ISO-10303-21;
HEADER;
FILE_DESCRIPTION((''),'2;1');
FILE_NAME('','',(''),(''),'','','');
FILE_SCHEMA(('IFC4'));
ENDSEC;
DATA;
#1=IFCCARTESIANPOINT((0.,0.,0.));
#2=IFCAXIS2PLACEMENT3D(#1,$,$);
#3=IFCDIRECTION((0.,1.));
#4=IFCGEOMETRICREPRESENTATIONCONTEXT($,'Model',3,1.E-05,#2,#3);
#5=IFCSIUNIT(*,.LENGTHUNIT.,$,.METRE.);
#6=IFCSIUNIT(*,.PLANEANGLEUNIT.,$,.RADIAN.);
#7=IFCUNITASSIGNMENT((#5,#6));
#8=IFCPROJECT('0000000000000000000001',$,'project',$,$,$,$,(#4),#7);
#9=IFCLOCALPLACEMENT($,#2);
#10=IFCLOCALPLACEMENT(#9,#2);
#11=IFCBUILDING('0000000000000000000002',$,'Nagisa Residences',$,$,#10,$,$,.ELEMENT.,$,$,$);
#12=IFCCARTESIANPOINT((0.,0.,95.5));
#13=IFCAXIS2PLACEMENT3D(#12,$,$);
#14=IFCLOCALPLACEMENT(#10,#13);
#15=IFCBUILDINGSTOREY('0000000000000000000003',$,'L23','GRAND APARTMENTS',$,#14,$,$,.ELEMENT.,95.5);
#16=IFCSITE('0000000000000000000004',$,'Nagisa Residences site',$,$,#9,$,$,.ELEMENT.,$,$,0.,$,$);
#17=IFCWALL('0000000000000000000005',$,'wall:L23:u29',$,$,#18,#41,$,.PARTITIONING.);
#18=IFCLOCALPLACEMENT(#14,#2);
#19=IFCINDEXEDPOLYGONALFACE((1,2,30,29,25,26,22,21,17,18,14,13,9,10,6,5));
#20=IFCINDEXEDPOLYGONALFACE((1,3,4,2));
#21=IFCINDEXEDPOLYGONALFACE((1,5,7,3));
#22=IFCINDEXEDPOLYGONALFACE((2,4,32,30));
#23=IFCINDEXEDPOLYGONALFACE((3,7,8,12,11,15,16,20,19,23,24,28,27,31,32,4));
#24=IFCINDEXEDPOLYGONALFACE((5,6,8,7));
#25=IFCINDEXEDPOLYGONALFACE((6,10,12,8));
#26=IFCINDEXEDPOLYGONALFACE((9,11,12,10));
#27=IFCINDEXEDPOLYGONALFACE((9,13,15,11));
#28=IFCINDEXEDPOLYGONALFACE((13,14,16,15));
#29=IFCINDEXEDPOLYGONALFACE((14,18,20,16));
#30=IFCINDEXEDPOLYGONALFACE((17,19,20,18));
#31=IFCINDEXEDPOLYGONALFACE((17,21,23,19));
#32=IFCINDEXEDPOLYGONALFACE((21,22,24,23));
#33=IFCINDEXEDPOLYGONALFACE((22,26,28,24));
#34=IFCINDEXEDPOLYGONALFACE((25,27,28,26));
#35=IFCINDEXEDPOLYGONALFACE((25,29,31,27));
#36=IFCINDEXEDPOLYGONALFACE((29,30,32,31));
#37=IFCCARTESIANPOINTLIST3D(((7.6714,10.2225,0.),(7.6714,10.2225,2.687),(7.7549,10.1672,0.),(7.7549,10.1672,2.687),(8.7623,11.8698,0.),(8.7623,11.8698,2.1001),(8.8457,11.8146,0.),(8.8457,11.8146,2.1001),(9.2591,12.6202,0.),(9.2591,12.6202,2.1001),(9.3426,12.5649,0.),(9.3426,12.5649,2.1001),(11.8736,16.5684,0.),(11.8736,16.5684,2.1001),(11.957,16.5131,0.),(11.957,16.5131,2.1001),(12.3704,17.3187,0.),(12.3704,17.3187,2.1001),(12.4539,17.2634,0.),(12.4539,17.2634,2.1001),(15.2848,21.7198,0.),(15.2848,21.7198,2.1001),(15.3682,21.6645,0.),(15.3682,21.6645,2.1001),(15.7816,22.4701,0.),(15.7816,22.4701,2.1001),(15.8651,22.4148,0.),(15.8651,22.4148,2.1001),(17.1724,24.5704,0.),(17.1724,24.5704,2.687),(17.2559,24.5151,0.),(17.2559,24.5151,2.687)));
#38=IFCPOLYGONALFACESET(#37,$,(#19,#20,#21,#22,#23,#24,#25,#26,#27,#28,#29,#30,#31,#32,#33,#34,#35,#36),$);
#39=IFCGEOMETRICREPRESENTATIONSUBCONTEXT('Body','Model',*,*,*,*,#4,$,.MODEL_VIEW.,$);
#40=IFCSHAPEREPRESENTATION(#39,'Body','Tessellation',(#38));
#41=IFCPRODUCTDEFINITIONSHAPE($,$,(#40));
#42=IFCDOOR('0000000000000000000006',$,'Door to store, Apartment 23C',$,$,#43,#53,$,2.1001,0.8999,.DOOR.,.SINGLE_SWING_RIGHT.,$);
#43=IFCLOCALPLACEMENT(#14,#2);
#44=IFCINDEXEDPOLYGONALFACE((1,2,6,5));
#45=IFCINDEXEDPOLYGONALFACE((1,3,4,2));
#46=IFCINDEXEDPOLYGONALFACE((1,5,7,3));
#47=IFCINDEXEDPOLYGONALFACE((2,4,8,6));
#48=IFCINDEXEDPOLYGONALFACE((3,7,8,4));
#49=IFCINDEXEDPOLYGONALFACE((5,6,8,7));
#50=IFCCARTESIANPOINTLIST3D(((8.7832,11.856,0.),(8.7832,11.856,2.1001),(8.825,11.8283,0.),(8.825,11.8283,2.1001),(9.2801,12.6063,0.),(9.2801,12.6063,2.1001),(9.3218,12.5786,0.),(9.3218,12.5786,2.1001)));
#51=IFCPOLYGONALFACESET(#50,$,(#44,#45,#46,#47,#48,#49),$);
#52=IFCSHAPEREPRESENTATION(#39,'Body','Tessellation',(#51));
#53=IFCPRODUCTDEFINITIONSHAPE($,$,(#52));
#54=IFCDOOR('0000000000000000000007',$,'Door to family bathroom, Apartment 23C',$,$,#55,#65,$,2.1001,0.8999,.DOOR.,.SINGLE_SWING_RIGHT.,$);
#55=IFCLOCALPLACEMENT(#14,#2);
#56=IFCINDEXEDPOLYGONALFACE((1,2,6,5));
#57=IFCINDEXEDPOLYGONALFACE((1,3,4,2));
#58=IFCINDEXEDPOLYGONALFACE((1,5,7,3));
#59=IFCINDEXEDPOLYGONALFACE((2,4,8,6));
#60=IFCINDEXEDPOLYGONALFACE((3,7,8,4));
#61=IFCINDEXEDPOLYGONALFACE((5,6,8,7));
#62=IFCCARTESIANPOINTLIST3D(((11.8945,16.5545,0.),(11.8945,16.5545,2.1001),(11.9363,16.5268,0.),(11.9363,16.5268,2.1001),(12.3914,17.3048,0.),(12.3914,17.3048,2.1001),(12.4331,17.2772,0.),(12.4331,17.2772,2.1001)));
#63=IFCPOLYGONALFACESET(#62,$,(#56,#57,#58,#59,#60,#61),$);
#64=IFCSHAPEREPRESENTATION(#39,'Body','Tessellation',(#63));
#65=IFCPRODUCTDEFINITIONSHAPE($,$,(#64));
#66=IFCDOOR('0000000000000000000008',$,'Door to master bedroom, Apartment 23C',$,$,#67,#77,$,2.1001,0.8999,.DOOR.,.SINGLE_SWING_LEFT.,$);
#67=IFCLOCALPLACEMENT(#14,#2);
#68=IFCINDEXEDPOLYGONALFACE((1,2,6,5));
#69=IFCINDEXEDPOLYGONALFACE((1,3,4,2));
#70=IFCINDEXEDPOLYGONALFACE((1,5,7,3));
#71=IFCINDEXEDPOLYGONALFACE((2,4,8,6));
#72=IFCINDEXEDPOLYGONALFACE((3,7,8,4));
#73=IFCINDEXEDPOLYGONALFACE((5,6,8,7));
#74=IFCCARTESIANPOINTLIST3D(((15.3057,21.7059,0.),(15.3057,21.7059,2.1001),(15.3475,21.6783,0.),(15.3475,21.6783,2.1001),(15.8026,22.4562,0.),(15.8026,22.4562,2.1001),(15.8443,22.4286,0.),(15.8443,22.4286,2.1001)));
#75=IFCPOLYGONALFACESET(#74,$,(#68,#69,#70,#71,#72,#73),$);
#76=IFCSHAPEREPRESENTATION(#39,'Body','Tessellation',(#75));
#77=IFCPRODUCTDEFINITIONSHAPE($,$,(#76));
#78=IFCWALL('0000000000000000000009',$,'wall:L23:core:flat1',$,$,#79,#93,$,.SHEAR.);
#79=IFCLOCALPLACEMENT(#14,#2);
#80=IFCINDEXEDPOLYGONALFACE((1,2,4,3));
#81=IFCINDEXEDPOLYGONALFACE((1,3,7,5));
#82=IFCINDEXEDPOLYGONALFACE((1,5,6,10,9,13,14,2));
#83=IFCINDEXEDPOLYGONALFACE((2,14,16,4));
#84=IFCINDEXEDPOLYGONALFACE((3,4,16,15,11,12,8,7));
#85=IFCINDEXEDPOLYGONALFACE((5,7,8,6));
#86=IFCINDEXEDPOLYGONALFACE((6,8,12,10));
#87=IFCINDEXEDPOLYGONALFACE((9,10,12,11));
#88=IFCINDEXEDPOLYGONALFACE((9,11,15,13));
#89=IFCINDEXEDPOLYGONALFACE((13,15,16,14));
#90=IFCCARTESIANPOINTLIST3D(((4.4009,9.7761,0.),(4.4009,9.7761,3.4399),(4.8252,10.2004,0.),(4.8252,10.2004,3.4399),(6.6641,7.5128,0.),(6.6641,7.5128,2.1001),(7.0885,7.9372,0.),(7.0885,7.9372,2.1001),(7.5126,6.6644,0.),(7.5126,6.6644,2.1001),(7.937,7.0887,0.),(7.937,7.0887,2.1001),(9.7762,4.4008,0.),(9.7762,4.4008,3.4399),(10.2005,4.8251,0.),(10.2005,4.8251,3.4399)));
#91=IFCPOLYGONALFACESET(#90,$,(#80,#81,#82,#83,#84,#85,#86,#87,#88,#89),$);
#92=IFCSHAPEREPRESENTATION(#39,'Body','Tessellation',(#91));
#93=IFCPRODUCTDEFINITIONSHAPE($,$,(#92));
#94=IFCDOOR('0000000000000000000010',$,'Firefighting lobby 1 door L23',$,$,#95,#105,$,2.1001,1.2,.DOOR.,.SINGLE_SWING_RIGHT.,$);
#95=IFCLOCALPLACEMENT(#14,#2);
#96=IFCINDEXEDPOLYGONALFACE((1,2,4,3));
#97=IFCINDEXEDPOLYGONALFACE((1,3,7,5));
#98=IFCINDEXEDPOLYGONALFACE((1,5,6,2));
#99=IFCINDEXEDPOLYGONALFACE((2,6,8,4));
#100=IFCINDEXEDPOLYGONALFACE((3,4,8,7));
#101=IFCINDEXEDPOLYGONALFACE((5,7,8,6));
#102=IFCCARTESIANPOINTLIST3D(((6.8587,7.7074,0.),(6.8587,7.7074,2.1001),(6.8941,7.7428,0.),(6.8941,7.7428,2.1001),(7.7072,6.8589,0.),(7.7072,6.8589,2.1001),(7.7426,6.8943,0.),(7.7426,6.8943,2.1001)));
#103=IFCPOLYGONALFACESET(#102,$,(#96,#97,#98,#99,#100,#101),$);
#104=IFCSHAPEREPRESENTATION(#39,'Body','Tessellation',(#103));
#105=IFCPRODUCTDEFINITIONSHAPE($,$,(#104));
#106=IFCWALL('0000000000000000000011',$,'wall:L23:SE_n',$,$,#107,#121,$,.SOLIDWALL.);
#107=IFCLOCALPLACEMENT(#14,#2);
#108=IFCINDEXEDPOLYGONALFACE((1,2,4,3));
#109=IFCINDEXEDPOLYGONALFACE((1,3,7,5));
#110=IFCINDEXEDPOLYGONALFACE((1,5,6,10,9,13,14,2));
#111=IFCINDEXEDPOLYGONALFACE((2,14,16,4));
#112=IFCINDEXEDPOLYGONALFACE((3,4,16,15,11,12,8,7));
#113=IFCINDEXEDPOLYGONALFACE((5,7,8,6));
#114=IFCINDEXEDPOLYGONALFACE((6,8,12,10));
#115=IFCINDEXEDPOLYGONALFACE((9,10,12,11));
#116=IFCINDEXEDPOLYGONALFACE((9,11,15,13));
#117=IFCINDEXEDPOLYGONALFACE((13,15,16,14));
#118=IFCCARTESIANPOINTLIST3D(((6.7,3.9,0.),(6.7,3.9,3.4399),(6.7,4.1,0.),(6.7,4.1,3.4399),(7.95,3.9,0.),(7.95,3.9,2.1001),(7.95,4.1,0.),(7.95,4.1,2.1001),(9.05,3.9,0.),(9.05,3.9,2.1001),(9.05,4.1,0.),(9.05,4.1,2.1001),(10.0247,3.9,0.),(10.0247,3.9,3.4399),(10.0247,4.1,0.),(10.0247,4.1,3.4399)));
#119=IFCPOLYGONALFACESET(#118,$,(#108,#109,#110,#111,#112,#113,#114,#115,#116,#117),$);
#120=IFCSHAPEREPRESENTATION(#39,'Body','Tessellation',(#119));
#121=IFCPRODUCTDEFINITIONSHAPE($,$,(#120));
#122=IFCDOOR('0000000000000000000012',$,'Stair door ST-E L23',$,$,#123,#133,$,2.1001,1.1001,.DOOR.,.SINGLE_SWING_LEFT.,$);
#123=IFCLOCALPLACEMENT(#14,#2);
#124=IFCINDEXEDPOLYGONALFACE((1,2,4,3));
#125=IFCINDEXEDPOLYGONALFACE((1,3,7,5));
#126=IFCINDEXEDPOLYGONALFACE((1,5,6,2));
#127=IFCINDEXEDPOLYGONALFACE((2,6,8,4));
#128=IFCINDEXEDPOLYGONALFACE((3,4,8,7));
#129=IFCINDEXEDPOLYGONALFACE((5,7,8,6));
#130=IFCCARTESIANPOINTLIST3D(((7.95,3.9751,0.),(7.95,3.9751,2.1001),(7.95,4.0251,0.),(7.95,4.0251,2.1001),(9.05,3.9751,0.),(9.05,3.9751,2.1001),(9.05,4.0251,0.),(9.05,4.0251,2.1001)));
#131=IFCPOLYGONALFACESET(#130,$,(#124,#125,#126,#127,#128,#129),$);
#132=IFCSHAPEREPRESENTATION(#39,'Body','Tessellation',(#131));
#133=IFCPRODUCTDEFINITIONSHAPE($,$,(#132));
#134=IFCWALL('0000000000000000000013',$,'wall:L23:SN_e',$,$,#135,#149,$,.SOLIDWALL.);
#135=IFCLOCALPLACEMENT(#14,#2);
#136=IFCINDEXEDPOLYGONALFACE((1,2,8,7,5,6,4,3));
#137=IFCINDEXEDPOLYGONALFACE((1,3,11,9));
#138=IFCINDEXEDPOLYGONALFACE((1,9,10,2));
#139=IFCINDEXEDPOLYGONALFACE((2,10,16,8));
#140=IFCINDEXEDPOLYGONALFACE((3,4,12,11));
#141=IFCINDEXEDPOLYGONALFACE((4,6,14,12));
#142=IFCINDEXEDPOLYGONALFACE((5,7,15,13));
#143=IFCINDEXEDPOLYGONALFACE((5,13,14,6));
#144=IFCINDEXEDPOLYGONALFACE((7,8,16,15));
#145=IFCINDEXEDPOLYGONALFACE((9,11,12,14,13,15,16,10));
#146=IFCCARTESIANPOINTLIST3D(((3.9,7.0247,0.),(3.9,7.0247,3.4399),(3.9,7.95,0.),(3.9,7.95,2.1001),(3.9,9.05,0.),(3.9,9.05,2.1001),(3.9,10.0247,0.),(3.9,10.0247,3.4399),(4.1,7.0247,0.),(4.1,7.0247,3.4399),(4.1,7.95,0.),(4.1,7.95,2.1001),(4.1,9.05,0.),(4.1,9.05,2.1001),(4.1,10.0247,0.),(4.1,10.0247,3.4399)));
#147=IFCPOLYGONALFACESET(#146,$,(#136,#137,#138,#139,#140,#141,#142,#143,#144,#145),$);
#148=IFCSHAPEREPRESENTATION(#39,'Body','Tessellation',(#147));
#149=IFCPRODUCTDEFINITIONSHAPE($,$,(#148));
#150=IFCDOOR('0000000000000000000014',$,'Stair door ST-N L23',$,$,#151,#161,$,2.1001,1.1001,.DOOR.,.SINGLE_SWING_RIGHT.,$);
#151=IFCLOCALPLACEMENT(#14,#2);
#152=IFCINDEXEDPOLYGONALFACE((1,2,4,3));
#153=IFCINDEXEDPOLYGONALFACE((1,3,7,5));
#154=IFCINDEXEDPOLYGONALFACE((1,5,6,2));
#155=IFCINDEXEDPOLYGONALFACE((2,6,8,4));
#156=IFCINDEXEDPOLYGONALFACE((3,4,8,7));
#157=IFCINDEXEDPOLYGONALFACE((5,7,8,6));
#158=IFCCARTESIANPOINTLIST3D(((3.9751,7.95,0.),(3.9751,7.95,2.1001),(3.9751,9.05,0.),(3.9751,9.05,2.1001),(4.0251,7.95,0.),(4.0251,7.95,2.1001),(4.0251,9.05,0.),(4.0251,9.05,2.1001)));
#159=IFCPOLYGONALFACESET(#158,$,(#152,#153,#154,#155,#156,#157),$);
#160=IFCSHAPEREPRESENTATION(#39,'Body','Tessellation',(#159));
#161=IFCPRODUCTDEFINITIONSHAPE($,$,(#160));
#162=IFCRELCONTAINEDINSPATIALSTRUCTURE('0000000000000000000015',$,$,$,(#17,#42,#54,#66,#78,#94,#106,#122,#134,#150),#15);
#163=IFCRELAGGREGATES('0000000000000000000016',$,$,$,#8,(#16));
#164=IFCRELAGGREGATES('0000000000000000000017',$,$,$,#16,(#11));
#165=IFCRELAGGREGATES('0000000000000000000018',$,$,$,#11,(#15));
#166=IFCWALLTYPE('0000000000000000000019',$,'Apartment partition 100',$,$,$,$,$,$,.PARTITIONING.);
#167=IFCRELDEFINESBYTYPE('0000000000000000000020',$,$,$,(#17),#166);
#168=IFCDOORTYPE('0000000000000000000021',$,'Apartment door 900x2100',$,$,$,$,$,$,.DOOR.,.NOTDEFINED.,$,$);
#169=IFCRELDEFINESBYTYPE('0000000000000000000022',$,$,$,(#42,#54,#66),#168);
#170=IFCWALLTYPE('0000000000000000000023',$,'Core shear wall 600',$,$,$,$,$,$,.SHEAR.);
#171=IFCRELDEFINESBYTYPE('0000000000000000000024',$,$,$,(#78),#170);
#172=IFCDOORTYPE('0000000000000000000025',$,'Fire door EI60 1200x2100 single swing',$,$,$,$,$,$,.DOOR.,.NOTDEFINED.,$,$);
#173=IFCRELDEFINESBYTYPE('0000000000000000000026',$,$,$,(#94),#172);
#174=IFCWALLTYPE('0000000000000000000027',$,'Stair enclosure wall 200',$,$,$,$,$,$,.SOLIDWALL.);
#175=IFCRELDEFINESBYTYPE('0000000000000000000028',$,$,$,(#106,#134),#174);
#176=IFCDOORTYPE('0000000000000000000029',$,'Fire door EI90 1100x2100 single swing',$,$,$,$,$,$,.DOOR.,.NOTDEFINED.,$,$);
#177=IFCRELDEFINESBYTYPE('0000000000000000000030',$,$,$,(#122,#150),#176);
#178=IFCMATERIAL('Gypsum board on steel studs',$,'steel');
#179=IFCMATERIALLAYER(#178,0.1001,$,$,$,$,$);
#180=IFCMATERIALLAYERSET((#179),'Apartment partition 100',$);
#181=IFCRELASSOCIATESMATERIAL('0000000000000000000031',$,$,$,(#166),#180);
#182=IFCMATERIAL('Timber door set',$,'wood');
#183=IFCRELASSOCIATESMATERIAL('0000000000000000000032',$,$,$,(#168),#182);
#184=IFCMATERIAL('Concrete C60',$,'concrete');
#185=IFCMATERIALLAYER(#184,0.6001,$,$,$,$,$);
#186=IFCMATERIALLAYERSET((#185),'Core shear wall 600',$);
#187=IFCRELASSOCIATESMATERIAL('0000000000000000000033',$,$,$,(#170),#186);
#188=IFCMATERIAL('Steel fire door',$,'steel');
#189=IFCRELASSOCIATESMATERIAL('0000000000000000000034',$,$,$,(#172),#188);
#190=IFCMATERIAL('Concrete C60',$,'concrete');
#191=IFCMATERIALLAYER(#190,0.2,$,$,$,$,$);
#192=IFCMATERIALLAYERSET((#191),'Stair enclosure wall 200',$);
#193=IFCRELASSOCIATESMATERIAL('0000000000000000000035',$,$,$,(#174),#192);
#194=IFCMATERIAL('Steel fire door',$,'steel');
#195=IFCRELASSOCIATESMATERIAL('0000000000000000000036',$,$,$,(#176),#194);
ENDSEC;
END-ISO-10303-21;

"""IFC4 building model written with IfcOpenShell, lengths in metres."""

from ifc_helpers import new_model, si_unit, direction, frame, frame_2d, origin, place, context, subcontext, project, spatial, rectangle, extrude, material, layer, layer_set, type_object, element, fill, save


model = new_model("IFC4")

# Units and contexts
model_context = context("Model", 3, precision=1e-05, world=origin(), true_north=direction((0.0, 1.0)))
body_context = subcontext(model_context, "Body", "Model", "MODEL_VIEW")
ifc_project = project(units=[si_unit("LENGTHUNIT", "METRE"), si_unit("PLANEANGLEUNIT", "RADIAN")], contexts=[model_context])

# Site, building, storey
site_placement = place(None, origin())
site = spatial("IfcSite", under=ifc_project, at=site_placement, Name="Nagisa Residences site", CompositionType="ELEMENT", RefElevation=0.0)
building_placement = place(site_placement, origin())
building = spatial("IfcBuilding", under=site, at=building_placement, Name="Nagisa Residences", CompositionType="ELEMENT")
storey_placement = place(building_placement, frame((0.0, 0.0, 95.5)))
storey = spatial("IfcBuildingStorey", under=building, at=storey_placement, Name="L23", Description="GRAND APARTMENTS", CompositionType="ELEMENT", Elevation=95.5)

# Shared definitions
ifc_material_1 = material(Name="Gypsum board on steel studs", Category="steel")
ifc_layer_1 = layer(ifc_material_1, 0.1001)
ifc_layer_set_1 = layer_set([ifc_layer_1], Name="Apartment partition 100")
wall_type_1 = type_object("IfcWallType", Name="Apartment partition 100", PredefinedType="PARTITIONING", material=ifc_layer_set_1)

# Wall, openings, doors
ifc_material_2 = material(Name="Timber door set", Category="wood")
door_type_1 = type_object("IfcDoorType", Name="Apartment door 900x2100", OperationType="NOTDEFINED", PredefinedType="DOOR", material=ifc_material_2)
wall_1_placement = place(storey_placement, frame((7.7131, 10.1948, 0.0), z_axis=(0.0, 0.0, 1.0), x_axis=(0.552111, 0.833771, 0.0)))
wall_1 = element("IfcWall", 1, at=wall_1_placement, inside=storey, type_object=wall_type_1, Name="wall:L23:u29", PredefinedType="PARTITIONING", context=body_context, shape_type="SweptSolid", body=[
    extrude(rectangle(XDim=17.2085, YDim=0.1001, at=frame_2d((8.6042, 0.0))), origin(), (0.0, 0.0, 1.0), 2.687),
])
opening_1_placement = place(wall_1_placement, frame((1.9758, 0.0, 0.0)))
opening_1 = element("IfcOpeningElement", 2, at=opening_1_placement, cuts=wall_1, PredefinedType="OPENING", context=body_context, shape_type="SweptSolid", body=[
    extrude(rectangle(XDim=0.8999, YDim=2.1001, at=frame_2d((0.45, 1.05))), frame((0.0, 0.0601, 0.0), z_axis=(0.0, -1.0, 0.0), x_axis=(1.0, 0.0, 0.0)), (0.0, 0.0, 1.0), 0.1201),
])
opening_2_placement = place(wall_1_placement, frame((7.6111, 0.0, 0.0)))
opening_2 = element("IfcOpeningElement", 3, at=opening_2_placement, cuts=wall_1, PredefinedType="OPENING", context=body_context, shape_type="SweptSolid", body=[
    extrude(rectangle(XDim=0.8999, YDim=2.1001, at=frame_2d((0.45, 1.05))), frame((0.0, 0.0601, 0.0), z_axis=(0.0, -1.0, 0.0), x_axis=(1.0, 0.0, 0.0)), (0.0, 0.0, 1.0), 0.1201),
])
opening_3_placement = place(wall_1_placement, frame((13.7896, 0.0, 0.0)))
opening_3 = element("IfcOpeningElement", 4, at=opening_3_placement, cuts=wall_1, PredefinedType="OPENING", context=body_context, shape_type="SweptSolid", body=[
    extrude(rectangle(XDim=0.8999, YDim=2.1001, at=frame_2d((0.45, 1.05))), frame((0.0, 0.0601, 0.0), z_axis=(0.0, -1.0, 0.0), x_axis=(1.0, 0.0, 0.0)), (0.0, 0.0, 1.0), 0.1201),
])
door_1_placement = place(opening_1_placement, origin())
door_1 = element("IfcDoor", 5, at=door_1_placement, inside=storey, type_object=door_type_1, Name="Door to store, Apartment 23C", OperationType="SINGLE_SWING_RIGHT", OverallHeight=2.1001, OverallWidth=0.8999, PredefinedType="DOOR", context=body_context, shape_type="SweptSolid", body=[
    extrude(rectangle(XDim=0.8999, YDim=2.1001, at=frame_2d((0.45, 1.05))), frame((0.0, 0.0249, 0.0), z_axis=(0.0, -1.0, 0.0), x_axis=(1.0, 0.0, 0.0)), (0.0, 0.0, 1.0), 0.05),
])
fill(opening_1, door_1)
door_2_placement = place(opening_2_placement, origin())
door_2 = element("IfcDoor", 6, at=door_2_placement, inside=storey, type_object=door_type_1, Name="Door to family bathroom, Apartment 23C", OperationType="SINGLE_SWING_RIGHT", OverallHeight=2.1001, OverallWidth=0.8999, PredefinedType="DOOR", context=body_context, shape_type="SweptSolid", body=[
    extrude(rectangle(XDim=0.8999, YDim=2.1001, at=frame_2d((0.45, 1.05))), frame((0.0, 0.0249, 0.0), z_axis=(0.0, -1.0, 0.0), x_axis=(1.0, 0.0, 0.0)), (0.0, 0.0, 1.0), 0.05),
])
fill(opening_2, door_2)
door_3_placement = place(opening_3_placement, origin())
door_3 = element("IfcDoor", 7, at=door_3_placement, inside=storey, type_object=door_type_1, Name="Door to master bedroom, Apartment 23C", OperationType="SINGLE_SWING_LEFT", OverallHeight=2.1001, OverallWidth=0.8999, PredefinedType="DOOR", context=body_context, shape_type="SweptSolid", body=[
    extrude(rectangle(XDim=0.8999, YDim=2.1001, at=frame_2d((0.45, 1.05))), frame((0.0, 0.0249, 0.0), z_axis=(0.0, -1.0, 0.0), x_axis=(1.0, 0.0, 0.0)), (0.0, 0.0, 1.0), 0.05),
])
fill(opening_3, door_3)

# Walls, openings, doors
ifc_material_3 = material(Name="Concrete C60", Category="concrete")
ifc_layer_2 = layer(ifc_material_3, 0.6001)
ifc_layer_set_2 = layer_set([ifc_layer_2], Name="Core shear wall 600")
wall_type_2 = type_object("IfcWallType", Name="Core shear wall 600", PredefinedType="SHEAR", material=ifc_layer_set_2)
wall_2_placement = place(storey_placement, frame((9.9883, 4.613, 0.0), z_axis=(0.0, 0.0, 1.0), x_axis=(-0.707107, 0.707107, 0.0)))
wall_2 = element("IfcWall", 8, at=wall_2_placement, inside=storey, type_object=wall_type_2, Name="wall:L23:core:flat1", PredefinedType="SHEAR", context=body_context, shape_type="SweptSolid", body=[
    extrude(rectangle(XDim=7.6018, YDim=0.6001, at=frame_2d((3.8008, 0.0))), origin(), (0.0, 0.0, 1.0), 3.4399),
])
opening_4_placement = place(wall_2_placement, frame((3.2009, 0.0, 0.0)))
opening_4 = element("IfcOpeningElement", 9, at=opening_4_placement, cuts=wall_2, PredefinedType="OPENING", context=body_context, shape_type="SweptSolid", body=[
    extrude(rectangle(XDim=1.2, YDim=2.1001, at=frame_2d((0.6001, 1.05))), frame((0.0, 0.3101, 0.0), z_axis=(0.0, -1.0, 0.0), x_axis=(1.0, 0.0, 0.0)), (0.0, 0.0, 1.0), 0.6201),
])
ifc_material_4 = material(Name="Steel fire door", Category="steel")
door_type_2 = type_object("IfcDoorType", Name="Fire door EI60 1200x2100 single swing", OperationType="NOTDEFINED", PredefinedType="DOOR", material=ifc_material_4)
door_4_placement = place(opening_4_placement, origin())
door_4 = element("IfcDoor", 10, at=door_4_placement, inside=storey, type_object=door_type_2, Name="Firefighting lobby 1 door L23", OperationType="SINGLE_SWING_RIGHT", OverallHeight=2.1001, OverallWidth=1.2, PredefinedType="DOOR", context=body_context, shape_type="SweptSolid", body=[
    extrude(rectangle(XDim=1.2, YDim=2.1001, at=frame_2d((0.6001, 1.05))), frame((0.0, 0.0249, 0.0), z_axis=(0.0, -1.0, 0.0), x_axis=(1.0, 0.0, 0.0)), (0.0, 0.0, 1.0), 0.05),
])
fill(opening_4, door_4)
ifc_material_5 = material(Name="Concrete C60", Category="concrete")
ifc_layer_3 = layer(ifc_material_5, 0.2)
ifc_layer_set_3 = layer_set([ifc_layer_3], Name="Stair enclosure wall 200")
wall_type_3 = type_object("IfcWallType", Name="Stair enclosure wall 200", PredefinedType="SOLIDWALL", material=ifc_layer_set_3)
wall_3_placement = place(storey_placement, frame((6.7, 4.0, 0.0), z_axis=(0.0, 0.0, 1.0), x_axis=(1.0, 0.0, 0.0)))
wall_3 = element("IfcWall", 11, at=wall_3_placement, inside=storey, type_object=wall_type_3, Name="wall:L23:SE_n", PredefinedType="SOLIDWALL", context=body_context, shape_type="SweptSolid", body=[
    extrude(rectangle(XDim=3.3247, YDim=0.2, at=frame_2d((1.6624, 0.0))), origin(), (0.0, 0.0, 1.0), 3.4399),
])
opening_5_placement = place(wall_3_placement, frame((1.25, 0.0, 0.0)))
opening_5 = element("IfcOpeningElement", 12, at=opening_5_placement, cuts=wall_3, PredefinedType="OPENING", context=body_context, shape_type="SweptSolid", body=[
    extrude(rectangle(XDim=1.1001, YDim=2.1001, at=frame_2d((0.55, 1.05))), frame((0.0, 0.1099, 0.0), z_axis=(0.0, -1.0, 0.0), x_axis=(1.0, 0.0, 0.0)), (0.0, 0.0, 1.0), 0.22),
])
ifc_material_6 = material(Name="Steel fire door", Category="steel")
door_type_3 = type_object("IfcDoorType", Name="Fire door EI90 1100x2100 single swing", OperationType="NOTDEFINED", PredefinedType="DOOR", material=ifc_material_6)
door_5_placement = place(opening_5_placement, frame((1.1001, 0.0, 0.0), x_axis=(-1.0, 0.0, 0.0)))
door_5 = element("IfcDoor", 13, at=door_5_placement, inside=storey, type_object=door_type_3, Name="Stair door ST-E L23", OperationType="SINGLE_SWING_LEFT", OverallHeight=2.1001, OverallWidth=1.1001, PredefinedType="DOOR", context=body_context, shape_type="SweptSolid", body=[
    extrude(rectangle(XDim=1.1001, YDim=2.1001, at=frame_2d((0.55, 1.05))), frame((0.0, 0.0249, 0.0), z_axis=(0.0, -1.0, 0.0), x_axis=(1.0, 0.0, 0.0)), (0.0, 0.0, 1.0), 0.05),
])
fill(opening_5, door_5)
wall_4_placement = place(storey_placement, frame((4.0, 7.0247, 0.0), z_axis=(0.0, 0.0, 1.0), x_axis=(0.0, 1.0, 0.0)))
wall_4 = element("IfcWall", 14, at=wall_4_placement, inside=storey, type_object=wall_type_3, Name="wall:L23:SN_e", PredefinedType="SOLIDWALL", context=body_context, shape_type="SweptSolid", body=[
    extrude(rectangle(XDim=3.0, YDim=0.2, at=frame_2d((1.5, 0.0))), origin(), (0.0, 0.0, 1.0), 3.4399),
])
opening_6_placement = place(wall_4_placement, frame((0.9253, 0.0, 0.0)))
opening_6 = element("IfcOpeningElement", 15, at=opening_6_placement, cuts=wall_4, PredefinedType="OPENING", context=body_context, shape_type="SweptSolid", body=[
    extrude(rectangle(XDim=1.1001, YDim=2.1001, at=frame_2d((0.55, 1.05))), frame((0.0, 0.1099, 0.0), z_axis=(0.0, -1.0, 0.0), x_axis=(1.0, 0.0, 0.0)), (0.0, 0.0, 1.0), 0.22),
])
door_6_placement = place(opening_6_placement, origin())
door_6 = element("IfcDoor", 16, at=door_6_placement, inside=storey, type_object=door_type_3, Name="Stair door ST-N L23", OperationType="SINGLE_SWING_RIGHT", OverallHeight=2.1001, OverallWidth=1.1001, PredefinedType="DOOR", context=body_context, shape_type="SweptSolid", body=[
    extrude(rectangle(XDim=1.1001, YDim=2.1001, at=frame_2d((0.55, 1.05))), frame((0.0, 0.0249, 0.0), z_axis=(0.0, -1.0, 0.0), x_axis=(1.0, 0.0, 0.0)), (0.0, 0.0, 1.0), 0.05),
])
fill(opening_6, door_6)

save(model, "model.ifc")
